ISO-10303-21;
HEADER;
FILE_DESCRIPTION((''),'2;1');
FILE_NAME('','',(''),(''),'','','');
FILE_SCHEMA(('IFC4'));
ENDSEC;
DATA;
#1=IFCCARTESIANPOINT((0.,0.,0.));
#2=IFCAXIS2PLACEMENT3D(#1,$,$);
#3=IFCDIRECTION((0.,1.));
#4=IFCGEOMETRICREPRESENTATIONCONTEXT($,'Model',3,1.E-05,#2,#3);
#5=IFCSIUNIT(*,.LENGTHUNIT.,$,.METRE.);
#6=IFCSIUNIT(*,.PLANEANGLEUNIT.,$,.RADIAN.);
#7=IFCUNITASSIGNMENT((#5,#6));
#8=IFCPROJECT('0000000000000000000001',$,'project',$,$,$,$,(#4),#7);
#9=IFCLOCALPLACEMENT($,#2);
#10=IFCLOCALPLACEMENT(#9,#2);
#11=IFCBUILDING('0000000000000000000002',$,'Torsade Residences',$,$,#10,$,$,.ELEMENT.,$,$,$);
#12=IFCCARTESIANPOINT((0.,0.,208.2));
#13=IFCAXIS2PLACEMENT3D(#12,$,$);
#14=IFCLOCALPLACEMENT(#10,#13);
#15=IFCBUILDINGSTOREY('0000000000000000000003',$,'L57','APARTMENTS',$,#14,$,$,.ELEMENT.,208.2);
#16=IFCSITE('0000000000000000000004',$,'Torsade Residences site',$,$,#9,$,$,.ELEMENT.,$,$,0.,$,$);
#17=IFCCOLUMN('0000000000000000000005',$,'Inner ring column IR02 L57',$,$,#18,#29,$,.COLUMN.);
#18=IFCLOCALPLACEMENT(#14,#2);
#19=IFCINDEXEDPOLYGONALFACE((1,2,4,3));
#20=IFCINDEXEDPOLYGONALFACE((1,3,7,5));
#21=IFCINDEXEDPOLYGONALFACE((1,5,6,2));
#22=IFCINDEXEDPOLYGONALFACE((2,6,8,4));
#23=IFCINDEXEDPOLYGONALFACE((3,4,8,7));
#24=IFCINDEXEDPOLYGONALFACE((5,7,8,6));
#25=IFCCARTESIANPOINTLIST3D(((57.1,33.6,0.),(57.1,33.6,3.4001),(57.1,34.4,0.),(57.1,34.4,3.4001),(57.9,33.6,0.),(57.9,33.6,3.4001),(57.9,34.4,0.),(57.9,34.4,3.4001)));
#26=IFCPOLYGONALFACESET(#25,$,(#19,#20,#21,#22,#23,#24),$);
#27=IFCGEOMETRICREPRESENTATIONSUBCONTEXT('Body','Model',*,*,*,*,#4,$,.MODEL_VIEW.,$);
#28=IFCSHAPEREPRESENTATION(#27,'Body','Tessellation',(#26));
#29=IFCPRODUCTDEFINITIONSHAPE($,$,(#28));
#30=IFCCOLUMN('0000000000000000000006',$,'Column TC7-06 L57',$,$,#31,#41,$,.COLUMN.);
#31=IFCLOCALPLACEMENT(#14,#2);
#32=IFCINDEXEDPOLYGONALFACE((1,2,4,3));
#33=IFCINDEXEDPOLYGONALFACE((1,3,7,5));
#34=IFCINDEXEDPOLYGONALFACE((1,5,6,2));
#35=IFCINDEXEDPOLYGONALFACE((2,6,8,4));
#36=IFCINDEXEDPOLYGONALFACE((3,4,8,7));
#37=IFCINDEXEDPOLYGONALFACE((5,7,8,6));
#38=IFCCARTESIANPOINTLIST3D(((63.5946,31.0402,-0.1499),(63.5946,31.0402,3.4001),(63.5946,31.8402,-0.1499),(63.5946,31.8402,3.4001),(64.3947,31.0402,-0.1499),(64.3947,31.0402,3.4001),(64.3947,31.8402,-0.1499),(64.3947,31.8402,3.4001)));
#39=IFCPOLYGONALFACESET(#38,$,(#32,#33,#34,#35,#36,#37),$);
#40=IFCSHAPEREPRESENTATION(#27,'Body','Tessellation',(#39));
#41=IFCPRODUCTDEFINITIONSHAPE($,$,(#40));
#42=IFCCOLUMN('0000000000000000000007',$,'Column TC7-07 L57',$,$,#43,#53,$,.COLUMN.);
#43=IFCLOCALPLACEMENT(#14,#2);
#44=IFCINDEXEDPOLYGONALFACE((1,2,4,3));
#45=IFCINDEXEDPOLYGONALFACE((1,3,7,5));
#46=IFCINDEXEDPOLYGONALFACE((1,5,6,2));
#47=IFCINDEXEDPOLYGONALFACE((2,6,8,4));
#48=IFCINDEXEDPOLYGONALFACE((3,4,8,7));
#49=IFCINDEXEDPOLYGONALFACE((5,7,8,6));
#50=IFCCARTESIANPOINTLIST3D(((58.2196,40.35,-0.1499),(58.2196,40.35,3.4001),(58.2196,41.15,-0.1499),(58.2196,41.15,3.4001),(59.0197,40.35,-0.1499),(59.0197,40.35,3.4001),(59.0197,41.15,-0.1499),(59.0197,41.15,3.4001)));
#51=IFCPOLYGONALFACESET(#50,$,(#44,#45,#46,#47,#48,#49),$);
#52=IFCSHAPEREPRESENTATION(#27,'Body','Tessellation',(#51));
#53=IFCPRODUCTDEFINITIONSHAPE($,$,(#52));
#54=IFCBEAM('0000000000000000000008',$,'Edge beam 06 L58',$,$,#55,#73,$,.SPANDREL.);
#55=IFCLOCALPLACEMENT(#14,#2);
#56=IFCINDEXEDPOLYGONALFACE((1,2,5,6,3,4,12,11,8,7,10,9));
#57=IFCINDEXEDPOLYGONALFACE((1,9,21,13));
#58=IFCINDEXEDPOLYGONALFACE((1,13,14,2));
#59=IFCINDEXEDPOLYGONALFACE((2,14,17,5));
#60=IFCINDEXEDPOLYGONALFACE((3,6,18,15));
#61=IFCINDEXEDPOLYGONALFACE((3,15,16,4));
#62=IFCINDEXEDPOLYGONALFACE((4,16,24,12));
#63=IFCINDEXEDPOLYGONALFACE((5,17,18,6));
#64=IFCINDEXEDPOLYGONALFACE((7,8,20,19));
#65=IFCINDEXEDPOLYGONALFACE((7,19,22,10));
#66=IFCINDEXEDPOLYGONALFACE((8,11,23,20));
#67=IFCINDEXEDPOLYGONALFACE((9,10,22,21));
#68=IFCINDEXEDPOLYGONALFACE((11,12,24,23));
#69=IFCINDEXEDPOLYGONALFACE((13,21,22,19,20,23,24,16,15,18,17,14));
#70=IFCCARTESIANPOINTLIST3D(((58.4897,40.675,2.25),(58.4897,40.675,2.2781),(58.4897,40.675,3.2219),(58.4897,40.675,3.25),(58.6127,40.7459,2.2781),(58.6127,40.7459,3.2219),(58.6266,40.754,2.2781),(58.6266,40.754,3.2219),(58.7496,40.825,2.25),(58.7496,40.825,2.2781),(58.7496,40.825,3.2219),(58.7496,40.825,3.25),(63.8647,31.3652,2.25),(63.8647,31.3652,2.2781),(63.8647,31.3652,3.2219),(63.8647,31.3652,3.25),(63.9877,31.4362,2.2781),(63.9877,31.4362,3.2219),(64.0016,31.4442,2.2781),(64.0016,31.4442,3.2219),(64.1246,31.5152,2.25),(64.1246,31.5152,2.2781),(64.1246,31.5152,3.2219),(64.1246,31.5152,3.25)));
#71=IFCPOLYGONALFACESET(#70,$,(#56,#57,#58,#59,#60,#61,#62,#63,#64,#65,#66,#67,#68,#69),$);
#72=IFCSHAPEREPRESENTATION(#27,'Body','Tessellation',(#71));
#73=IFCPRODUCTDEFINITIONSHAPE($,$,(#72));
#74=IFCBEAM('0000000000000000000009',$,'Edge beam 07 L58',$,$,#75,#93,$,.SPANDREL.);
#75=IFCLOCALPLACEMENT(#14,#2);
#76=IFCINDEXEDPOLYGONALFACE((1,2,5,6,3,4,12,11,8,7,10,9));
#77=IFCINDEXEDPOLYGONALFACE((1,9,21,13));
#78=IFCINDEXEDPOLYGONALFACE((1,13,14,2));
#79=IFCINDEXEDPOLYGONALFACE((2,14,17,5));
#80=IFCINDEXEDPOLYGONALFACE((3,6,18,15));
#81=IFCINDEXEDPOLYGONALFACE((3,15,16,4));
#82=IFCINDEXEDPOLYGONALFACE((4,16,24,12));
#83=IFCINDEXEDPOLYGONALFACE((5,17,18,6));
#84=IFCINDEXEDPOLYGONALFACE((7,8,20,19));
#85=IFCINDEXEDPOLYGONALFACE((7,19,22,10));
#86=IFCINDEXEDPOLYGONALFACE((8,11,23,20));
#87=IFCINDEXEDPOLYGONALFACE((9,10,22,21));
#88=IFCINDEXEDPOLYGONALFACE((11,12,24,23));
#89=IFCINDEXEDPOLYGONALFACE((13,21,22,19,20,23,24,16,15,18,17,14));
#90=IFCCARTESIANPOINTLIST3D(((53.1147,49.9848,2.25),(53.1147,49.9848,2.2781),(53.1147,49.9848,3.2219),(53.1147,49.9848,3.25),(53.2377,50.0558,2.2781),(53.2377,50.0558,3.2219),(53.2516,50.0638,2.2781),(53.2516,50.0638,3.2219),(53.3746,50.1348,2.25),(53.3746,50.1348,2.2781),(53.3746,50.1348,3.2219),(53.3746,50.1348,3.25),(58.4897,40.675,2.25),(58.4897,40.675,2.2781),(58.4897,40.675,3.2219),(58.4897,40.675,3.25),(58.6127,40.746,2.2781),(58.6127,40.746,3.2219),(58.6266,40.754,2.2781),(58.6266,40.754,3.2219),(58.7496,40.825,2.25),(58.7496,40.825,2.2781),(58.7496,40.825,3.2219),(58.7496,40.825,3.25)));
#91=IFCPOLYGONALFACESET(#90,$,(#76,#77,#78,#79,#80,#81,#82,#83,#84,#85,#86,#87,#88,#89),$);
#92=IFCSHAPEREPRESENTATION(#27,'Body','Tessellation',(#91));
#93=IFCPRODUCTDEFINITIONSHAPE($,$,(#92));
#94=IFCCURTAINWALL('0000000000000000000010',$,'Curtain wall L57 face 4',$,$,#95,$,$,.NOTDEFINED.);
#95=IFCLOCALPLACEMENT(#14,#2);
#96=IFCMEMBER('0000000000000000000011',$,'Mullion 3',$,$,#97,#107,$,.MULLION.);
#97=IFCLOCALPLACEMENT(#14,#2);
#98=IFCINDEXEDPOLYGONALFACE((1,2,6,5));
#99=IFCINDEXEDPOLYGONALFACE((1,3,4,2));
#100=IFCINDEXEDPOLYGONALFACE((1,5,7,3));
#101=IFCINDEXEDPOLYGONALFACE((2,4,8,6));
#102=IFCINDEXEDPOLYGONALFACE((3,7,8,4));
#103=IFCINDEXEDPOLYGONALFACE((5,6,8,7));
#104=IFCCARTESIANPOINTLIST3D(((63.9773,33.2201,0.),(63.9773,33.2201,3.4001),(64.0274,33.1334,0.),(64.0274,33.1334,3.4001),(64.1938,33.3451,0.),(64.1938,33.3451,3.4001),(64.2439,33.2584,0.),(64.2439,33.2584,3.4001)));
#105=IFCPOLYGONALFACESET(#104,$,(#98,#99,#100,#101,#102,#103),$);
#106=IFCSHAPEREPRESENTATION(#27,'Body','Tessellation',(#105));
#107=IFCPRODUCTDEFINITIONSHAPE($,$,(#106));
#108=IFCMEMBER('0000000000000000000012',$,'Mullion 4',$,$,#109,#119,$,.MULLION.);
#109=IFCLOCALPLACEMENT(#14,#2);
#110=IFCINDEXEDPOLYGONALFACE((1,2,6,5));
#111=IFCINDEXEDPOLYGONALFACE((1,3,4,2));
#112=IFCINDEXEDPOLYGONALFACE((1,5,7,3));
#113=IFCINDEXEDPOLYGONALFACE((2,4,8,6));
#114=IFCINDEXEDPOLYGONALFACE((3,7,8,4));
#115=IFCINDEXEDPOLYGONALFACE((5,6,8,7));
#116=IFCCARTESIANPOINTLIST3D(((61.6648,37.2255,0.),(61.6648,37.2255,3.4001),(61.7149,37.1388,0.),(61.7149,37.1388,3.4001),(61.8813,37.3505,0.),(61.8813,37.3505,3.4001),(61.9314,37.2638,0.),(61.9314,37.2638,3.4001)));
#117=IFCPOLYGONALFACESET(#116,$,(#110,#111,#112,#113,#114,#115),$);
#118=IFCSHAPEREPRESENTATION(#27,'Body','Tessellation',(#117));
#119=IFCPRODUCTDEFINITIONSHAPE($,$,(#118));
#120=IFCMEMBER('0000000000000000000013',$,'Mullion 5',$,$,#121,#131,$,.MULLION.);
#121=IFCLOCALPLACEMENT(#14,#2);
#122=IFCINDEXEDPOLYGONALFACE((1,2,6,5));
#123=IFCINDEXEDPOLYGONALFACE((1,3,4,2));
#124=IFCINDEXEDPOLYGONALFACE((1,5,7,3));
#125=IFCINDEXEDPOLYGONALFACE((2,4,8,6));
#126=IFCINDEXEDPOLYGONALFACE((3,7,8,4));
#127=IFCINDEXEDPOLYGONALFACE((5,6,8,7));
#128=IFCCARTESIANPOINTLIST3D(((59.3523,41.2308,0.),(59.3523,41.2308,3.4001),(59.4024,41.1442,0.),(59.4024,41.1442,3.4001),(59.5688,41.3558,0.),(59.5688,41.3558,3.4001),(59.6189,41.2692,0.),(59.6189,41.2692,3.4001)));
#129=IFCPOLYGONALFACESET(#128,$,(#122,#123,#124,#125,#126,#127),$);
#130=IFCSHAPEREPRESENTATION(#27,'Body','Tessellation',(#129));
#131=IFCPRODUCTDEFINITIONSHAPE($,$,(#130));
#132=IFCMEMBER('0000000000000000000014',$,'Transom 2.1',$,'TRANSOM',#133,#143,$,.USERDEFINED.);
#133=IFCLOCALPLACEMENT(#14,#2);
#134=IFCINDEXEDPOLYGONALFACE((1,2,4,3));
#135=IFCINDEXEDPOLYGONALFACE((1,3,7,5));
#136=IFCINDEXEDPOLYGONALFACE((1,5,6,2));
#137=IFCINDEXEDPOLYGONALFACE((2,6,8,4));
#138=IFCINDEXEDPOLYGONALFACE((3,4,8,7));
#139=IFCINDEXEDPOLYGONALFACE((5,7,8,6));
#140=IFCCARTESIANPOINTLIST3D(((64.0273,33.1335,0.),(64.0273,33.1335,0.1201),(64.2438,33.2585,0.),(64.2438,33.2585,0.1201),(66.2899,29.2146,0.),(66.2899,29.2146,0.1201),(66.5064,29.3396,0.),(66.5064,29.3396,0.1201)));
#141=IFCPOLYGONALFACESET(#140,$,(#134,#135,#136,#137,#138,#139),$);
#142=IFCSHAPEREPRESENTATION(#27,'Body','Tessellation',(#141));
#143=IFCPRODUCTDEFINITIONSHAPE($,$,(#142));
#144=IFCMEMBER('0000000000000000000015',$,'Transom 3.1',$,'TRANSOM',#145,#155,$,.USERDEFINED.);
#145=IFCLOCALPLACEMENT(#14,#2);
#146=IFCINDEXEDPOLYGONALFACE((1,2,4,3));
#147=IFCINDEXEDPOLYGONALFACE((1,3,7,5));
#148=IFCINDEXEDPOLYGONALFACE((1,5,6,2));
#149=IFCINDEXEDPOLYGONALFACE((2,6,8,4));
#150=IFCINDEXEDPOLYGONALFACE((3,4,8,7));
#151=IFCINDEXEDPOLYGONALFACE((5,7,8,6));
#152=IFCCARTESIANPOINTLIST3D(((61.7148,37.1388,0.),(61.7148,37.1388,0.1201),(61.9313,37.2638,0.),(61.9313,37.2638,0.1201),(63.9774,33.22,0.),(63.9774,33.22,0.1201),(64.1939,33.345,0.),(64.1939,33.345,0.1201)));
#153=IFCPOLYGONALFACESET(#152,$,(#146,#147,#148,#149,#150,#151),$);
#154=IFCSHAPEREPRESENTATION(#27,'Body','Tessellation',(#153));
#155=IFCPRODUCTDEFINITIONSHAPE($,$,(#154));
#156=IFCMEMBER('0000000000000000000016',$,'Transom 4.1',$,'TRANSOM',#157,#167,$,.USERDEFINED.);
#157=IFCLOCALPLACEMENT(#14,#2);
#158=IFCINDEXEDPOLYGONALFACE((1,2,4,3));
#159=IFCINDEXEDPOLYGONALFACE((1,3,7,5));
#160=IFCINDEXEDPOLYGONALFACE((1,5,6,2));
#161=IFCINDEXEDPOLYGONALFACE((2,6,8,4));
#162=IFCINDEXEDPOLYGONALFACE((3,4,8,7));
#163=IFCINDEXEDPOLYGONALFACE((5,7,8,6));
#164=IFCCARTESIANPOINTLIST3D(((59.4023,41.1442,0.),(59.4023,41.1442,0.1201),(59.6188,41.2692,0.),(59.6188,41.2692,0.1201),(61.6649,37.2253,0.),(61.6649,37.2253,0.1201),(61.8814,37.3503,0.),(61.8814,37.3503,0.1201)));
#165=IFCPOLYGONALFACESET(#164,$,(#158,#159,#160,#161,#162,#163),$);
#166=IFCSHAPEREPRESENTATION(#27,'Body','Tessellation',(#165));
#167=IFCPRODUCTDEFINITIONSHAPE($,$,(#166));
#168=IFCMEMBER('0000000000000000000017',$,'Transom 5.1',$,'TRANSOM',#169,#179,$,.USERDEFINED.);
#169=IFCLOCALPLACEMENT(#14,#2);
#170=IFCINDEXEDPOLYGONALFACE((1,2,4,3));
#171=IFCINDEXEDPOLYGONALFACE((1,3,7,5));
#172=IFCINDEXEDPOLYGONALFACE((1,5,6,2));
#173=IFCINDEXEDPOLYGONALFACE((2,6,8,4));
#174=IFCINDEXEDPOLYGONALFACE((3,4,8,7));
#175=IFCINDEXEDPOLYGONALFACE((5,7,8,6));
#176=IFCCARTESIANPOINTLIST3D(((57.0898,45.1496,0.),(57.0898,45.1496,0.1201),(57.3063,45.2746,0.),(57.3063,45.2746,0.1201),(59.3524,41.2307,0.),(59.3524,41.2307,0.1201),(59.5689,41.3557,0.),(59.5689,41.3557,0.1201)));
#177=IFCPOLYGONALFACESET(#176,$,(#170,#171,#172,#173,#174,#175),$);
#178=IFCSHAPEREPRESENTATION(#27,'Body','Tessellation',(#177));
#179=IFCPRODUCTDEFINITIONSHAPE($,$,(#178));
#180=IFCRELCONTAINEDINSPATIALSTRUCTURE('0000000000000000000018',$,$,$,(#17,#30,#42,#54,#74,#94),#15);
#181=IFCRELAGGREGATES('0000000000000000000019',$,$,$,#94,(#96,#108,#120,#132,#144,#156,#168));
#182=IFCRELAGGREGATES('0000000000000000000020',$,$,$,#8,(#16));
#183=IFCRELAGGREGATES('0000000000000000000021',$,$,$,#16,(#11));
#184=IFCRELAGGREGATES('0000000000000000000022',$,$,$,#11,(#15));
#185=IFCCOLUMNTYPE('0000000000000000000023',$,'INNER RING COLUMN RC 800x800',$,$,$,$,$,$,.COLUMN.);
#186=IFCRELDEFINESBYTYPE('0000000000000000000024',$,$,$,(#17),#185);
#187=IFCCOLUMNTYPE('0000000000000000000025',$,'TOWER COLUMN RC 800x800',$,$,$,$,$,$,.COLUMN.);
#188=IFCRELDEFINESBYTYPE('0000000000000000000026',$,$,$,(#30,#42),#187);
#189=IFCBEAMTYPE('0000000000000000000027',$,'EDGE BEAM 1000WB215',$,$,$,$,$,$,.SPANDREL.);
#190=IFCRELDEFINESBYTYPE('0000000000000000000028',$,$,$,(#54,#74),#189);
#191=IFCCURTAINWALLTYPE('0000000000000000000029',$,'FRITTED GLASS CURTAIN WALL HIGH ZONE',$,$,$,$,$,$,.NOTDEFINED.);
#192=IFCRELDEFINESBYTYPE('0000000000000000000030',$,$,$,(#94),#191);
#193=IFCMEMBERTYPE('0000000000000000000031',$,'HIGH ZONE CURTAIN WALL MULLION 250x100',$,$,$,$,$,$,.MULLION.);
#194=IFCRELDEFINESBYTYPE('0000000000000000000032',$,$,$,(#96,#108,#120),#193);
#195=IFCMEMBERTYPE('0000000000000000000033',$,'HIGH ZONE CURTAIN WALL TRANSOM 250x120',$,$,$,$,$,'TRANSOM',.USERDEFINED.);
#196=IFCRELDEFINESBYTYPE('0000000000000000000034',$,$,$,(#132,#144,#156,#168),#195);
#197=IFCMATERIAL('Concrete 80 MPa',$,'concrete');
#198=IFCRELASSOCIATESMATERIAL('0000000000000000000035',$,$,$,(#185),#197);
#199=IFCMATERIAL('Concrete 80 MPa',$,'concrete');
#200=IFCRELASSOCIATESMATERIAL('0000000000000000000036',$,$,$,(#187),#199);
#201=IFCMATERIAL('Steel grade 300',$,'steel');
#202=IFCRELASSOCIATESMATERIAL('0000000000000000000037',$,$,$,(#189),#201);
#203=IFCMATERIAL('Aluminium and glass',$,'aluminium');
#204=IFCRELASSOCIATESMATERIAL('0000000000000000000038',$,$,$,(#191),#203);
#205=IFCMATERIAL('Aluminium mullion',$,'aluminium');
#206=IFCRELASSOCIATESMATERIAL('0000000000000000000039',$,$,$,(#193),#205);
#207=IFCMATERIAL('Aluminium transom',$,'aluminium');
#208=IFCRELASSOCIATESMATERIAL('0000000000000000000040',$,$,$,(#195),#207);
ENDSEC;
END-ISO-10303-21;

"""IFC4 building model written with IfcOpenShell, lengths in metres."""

from ifc_helpers import new_model, si_unit, direction, frame, origin, origin_2d, place, context, subcontext, project, spatial, rectangle, i_section, extrude, material, material_profile, profile_set, type_object, element, aggregate, save


model = new_model("IFC4")

# Units and contexts
model_context = context("Model", 3, precision=1e-05, world=origin(), true_north=direction((0.0, 1.0)))
body_context = subcontext(model_context, "Body", "Model", "MODEL_VIEW")
ifc_project = project(units=[si_unit("LENGTHUNIT", "METRE"), si_unit("PLANEANGLEUNIT", "RADIAN")], contexts=[model_context])

# Site, building, storey
site_placement = place(None, origin())
site = spatial("IfcSite", under=ifc_project, at=site_placement, Name="Torsade Residences site", CompositionType="ELEMENT", RefElevation=0.0)
building_placement = place(site_placement, origin())
building = spatial("IfcBuilding", under=site, at=building_placement, Name="Torsade Residences", CompositionType="ELEMENT")
storey_placement = place(building_placement, frame((0.0, 0.0, 208.2)))
storey = spatial("IfcBuildingStorey", under=building, at=storey_placement, Name="L57", Description="APARTMENTS", CompositionType="ELEMENT", Elevation=208.2)

# Columns
ifc_material_1 = material(Name="Concrete 80 MPa", Category="concrete")
ifc_material_profile_1 = material_profile(ifc_material_1, rectangle(XDim=0.8, YDim=0.8, at=origin_2d()), Name="RC 800x800")
ifc_profile_set_1 = profile_set([ifc_material_profile_1], Name="Concrete 80 MPa")
column_type_1 = type_object("IfcColumnType", Name="INNER RING COLUMN RC 800x800", PredefinedType="COLUMN", material=ifc_profile_set_1)
column_placement = place(storey_placement, frame((57.5, 34.0, 0.0), z_axis=(0.0, 0.0, 1.0), x_axis=(1.0, 0.0, 0.0)))
element("IfcColumn", 1, at=column_placement, inside=storey, type_object=column_type_1, Name="Inner ring column IR02 L57", PredefinedType="COLUMN", context=body_context, shape_type="SweptSolid", body=[
    extrude(rectangle(XDim=0.8, YDim=0.8, at=origin_2d()), origin(), (0.0, 0.0, 1.0), 3.4001),
])
ifc_material_2 = material(Name="Concrete 80 MPa", Category="concrete")
ifc_material_profile_2 = material_profile(ifc_material_2, rectangle(XDim=0.8, YDim=0.8, at=origin_2d()), Name="RC 800x800")
ifc_profile_set_2 = profile_set([ifc_material_profile_2], Name="Concrete 80 MPa")
column_type_2 = type_object("IfcColumnType", Name="TOWER COLUMN RC 800x800", PredefinedType="COLUMN", material=ifc_profile_set_2)
for number, where, z_axis, x_axis, name in (
    (2, (63.9946, 31.4402, -0.1499), (0.0, 0.0, 1.0), (1.0, 0.0, 0.0), "Column TC7-06 L57"),
    (3, (58.6196, 40.75, -0.1499), (0.0, 0.0, 1.0), (1.0, 0.0, 0.0), "Column TC7-07 L57"),
):
    element("IfcColumn", number, at=place(storey_placement, frame(where, z_axis=z_axis, x_axis=x_axis)), inside=storey, type_object=column_type_2, Name=name, PredefinedType="COLUMN", context=body_context, shape_type="SweptSolid", body=[
        extrude(rectangle(XDim=0.8, YDim=0.8, at=origin_2d()), origin(), (0.0, 0.0, 1.0), 3.55),
    ])

# Beams
ifc_material_3 = material(Name="Steel grade 300", Category="steel")
ifc_material_profile_3 = material_profile(ifc_material_3, i_section(OverallWidth=0.3, OverallDepth=1.0, WebThickness=0.0161, FlangeThickness=0.0281, at=origin_2d()), Name="1000WB215")
ifc_profile_set_3 = profile_set([ifc_material_profile_3], Name="Steel grade 300")
beam_type_1 = type_object("IfcBeamType", Name="EDGE BEAM 1000WB215", PredefinedType="SPANDREL", material=ifc_profile_set_3)
for number, where, z_axis, x_axis, name in (
    (4, (63.9946, 31.4402, 2.75), (-0.499998, 0.866026, 0.0), (-0.866026, -0.499998, 0.0), "Edge beam 06 L58"),
    (5, (58.6196, 40.75, 2.75), (-0.499998, 0.866026, 0.0), (-0.866026, -0.499998, 0.0), "Edge beam 07 L58"),
):
    element("IfcBeam", number, at=place(storey_placement, frame(where, z_axis=z_axis, x_axis=x_axis)), inside=storey, type_object=beam_type_1, Name=name, PredefinedType="SPANDREL", context=body_context, shape_type="SweptSolid", body=[
        extrude(i_section(OverallWidth=0.3, OverallDepth=1.0, WebThickness=0.0161, FlangeThickness=0.0281, at=origin_2d()), origin(), (0.0, 0.0, 1.0), 10.75),
    ])

# Curtain wall, members
ifc_material_4 = material(Name="Aluminium and glass", Category="aluminium")
curtain_wall_type = type_object("IfcCurtainWallType", Name="FRITTED GLASS CURTAIN WALL HIGH ZONE", PredefinedType="NOTDEFINED", material=ifc_material_4)
curtain_wall_placement = place(storey_placement, origin())
curtain_wall = element("IfcCurtainWall", 6, at=curtain_wall_placement, inside=storey, type_object=curtain_wall_type, Name="Curtain wall L57 face 4", PredefinedType="NOTDEFINED")
ifc_material_5 = material(Name="Aluminium mullion", Category="aluminium")
ifc_material_profile_4 = material_profile(ifc_material_5, rectangle(XDim=0.25, YDim=0.1001, at=origin_2d()), Name="HIGH ZONE CURTAIN WALL MULLION 250x100")
ifc_profile_set_4 = profile_set([ifc_material_profile_4], Name="Aluminium mullion")
member_type_1 = type_object("IfcMemberType", Name="HIGH ZONE CURTAIN WALL MULLION 250x100", PredefinedType="MULLION", material=ifc_profile_set_4)
member_1_placement = place(storey_placement, frame((64.1106, 33.2393, 0.0), z_axis=(0.0, 0.0, 1.0), x_axis=(-0.866025, -0.5, 0.0)))
member_1 = element("IfcMember", 7, at=member_1_placement, type_object=member_type_1, Name="Mullion 3", PredefinedType="MULLION", context=body_context, shape_type="SweptSolid", body=[
    extrude(rectangle(XDim=0.25, YDim=0.1001, at=origin_2d()), origin(), (0.0, 0.0, 1.0), 3.4001),
])
member_2_placement = place(storey_placement, frame((61.7981, 37.2446, 0.0), z_axis=(0.0, 0.0, 1.0), x_axis=(-0.866025, -0.5, 0.0)))
member_2 = element("IfcMember", 8, at=member_2_placement, type_object=member_type_1, Name="Mullion 4", PredefinedType="MULLION", context=body_context, shape_type="SweptSolid", body=[
    extrude(rectangle(XDim=0.25, YDim=0.1001, at=origin_2d()), origin(), (0.0, 0.0, 1.0), 3.4001),
])
member_3_placement = place(storey_placement, frame((59.4856, 41.25, 0.0), z_axis=(0.0, 0.0, 1.0), x_axis=(-0.866025, -0.5, 0.0)))
member_3 = element("IfcMember", 9, at=member_3_placement, type_object=member_type_1, Name="Mullion 5", PredefinedType="MULLION", context=body_context, shape_type="SweptSolid", body=[
    extrude(rectangle(XDim=0.25, YDim=0.1001, at=origin_2d()), origin(), (0.0, 0.0, 1.0), 3.4001),
])
ifc_material_6 = material(Name="Aluminium transom", Category="aluminium")
ifc_material_profile_5 = material_profile(ifc_material_6, rectangle(XDim=0.25, YDim=0.1201, at=origin_2d()), Name="HIGH ZONE CURTAIN WALL TRANSOM 250x120")
ifc_profile_set_5 = profile_set([ifc_material_profile_5], Name="Aluminium transom")
member_type_2 = type_object("IfcMemberType", Name="HIGH ZONE CURTAIN WALL TRANSOM 250x120", ElementType="TRANSOM", PredefinedType="USERDEFINED", material=ifc_profile_set_5)
member_4_placement = place(storey_placement, frame((66.3982, 29.2771, 0.0601), z_axis=(-0.500015, 0.866017, 0.0), x_axis=(-0.866017, -0.500015, 0.0)))
member_4 = element("IfcMember", 10, at=member_4_placement, type_object=member_type_2, Name="Transom 2.1", ObjectType="TRANSOM", PredefinedType="USERDEFINED", context=body_context, shape_type="SweptSolid", body=[
    extrude(rectangle(XDim=0.25, YDim=0.1201, at=origin_2d()), origin(), (0.0, 0.0, 1.0), 4.5251),
])
member_5_placement = place(storey_placement, frame((64.0857, 33.2825, 0.0601), z_axis=(-0.500015, 0.866017, 0.0), x_axis=(-0.866017, -0.500015, 0.0)))
member_5 = element("IfcMember", 11, at=member_5_placement, type_object=member_type_2, Name="Transom 3.1", ObjectType="TRANSOM", PredefinedType="USERDEFINED", context=body_context, shape_type="SweptSolid", body=[
    extrude(rectangle(XDim=0.25, YDim=0.1201, at=origin_2d()), origin(), (0.0, 0.0, 1.0), 4.5251),
])
member_6_placement = place(storey_placement, frame((61.7732, 37.2878, 0.0601), z_axis=(-0.500015, 0.866017, 0.0), x_axis=(-0.866017, -0.500015, 0.0)))
member_6 = element("IfcMember", 12, at=member_6_placement, type_object=member_type_2, Name="Transom 4.1", ObjectType="TRANSOM", PredefinedType="USERDEFINED", context=body_context, shape_type="SweptSolid", body=[
    extrude(rectangle(XDim=0.25, YDim=0.1201, at=origin_2d()), origin(), (0.0, 0.0, 1.0), 4.5251),
])
member_7_placement = place(storey_placement, frame((59.4607, 41.2932, 0.0601), z_axis=(-0.500015, 0.866017, 0.0), x_axis=(-0.866017, -0.500015, 0.0)))
member_7 = element("IfcMember", 13, at=member_7_placement, type_object=member_type_2, Name="Transom 5.1", ObjectType="TRANSOM", PredefinedType="USERDEFINED", context=body_context, shape_type="SweptSolid", body=[
    extrude(rectangle(XDim=0.25, YDim=0.1201, at=origin_2d()), origin(), (0.0, 0.0, 1.0), 4.5251),
])

aggregate(curtain_wall, [member_1, member_2, member_3, member_4, member_5, member_6, member_7])

save(model, "model.ifc")
